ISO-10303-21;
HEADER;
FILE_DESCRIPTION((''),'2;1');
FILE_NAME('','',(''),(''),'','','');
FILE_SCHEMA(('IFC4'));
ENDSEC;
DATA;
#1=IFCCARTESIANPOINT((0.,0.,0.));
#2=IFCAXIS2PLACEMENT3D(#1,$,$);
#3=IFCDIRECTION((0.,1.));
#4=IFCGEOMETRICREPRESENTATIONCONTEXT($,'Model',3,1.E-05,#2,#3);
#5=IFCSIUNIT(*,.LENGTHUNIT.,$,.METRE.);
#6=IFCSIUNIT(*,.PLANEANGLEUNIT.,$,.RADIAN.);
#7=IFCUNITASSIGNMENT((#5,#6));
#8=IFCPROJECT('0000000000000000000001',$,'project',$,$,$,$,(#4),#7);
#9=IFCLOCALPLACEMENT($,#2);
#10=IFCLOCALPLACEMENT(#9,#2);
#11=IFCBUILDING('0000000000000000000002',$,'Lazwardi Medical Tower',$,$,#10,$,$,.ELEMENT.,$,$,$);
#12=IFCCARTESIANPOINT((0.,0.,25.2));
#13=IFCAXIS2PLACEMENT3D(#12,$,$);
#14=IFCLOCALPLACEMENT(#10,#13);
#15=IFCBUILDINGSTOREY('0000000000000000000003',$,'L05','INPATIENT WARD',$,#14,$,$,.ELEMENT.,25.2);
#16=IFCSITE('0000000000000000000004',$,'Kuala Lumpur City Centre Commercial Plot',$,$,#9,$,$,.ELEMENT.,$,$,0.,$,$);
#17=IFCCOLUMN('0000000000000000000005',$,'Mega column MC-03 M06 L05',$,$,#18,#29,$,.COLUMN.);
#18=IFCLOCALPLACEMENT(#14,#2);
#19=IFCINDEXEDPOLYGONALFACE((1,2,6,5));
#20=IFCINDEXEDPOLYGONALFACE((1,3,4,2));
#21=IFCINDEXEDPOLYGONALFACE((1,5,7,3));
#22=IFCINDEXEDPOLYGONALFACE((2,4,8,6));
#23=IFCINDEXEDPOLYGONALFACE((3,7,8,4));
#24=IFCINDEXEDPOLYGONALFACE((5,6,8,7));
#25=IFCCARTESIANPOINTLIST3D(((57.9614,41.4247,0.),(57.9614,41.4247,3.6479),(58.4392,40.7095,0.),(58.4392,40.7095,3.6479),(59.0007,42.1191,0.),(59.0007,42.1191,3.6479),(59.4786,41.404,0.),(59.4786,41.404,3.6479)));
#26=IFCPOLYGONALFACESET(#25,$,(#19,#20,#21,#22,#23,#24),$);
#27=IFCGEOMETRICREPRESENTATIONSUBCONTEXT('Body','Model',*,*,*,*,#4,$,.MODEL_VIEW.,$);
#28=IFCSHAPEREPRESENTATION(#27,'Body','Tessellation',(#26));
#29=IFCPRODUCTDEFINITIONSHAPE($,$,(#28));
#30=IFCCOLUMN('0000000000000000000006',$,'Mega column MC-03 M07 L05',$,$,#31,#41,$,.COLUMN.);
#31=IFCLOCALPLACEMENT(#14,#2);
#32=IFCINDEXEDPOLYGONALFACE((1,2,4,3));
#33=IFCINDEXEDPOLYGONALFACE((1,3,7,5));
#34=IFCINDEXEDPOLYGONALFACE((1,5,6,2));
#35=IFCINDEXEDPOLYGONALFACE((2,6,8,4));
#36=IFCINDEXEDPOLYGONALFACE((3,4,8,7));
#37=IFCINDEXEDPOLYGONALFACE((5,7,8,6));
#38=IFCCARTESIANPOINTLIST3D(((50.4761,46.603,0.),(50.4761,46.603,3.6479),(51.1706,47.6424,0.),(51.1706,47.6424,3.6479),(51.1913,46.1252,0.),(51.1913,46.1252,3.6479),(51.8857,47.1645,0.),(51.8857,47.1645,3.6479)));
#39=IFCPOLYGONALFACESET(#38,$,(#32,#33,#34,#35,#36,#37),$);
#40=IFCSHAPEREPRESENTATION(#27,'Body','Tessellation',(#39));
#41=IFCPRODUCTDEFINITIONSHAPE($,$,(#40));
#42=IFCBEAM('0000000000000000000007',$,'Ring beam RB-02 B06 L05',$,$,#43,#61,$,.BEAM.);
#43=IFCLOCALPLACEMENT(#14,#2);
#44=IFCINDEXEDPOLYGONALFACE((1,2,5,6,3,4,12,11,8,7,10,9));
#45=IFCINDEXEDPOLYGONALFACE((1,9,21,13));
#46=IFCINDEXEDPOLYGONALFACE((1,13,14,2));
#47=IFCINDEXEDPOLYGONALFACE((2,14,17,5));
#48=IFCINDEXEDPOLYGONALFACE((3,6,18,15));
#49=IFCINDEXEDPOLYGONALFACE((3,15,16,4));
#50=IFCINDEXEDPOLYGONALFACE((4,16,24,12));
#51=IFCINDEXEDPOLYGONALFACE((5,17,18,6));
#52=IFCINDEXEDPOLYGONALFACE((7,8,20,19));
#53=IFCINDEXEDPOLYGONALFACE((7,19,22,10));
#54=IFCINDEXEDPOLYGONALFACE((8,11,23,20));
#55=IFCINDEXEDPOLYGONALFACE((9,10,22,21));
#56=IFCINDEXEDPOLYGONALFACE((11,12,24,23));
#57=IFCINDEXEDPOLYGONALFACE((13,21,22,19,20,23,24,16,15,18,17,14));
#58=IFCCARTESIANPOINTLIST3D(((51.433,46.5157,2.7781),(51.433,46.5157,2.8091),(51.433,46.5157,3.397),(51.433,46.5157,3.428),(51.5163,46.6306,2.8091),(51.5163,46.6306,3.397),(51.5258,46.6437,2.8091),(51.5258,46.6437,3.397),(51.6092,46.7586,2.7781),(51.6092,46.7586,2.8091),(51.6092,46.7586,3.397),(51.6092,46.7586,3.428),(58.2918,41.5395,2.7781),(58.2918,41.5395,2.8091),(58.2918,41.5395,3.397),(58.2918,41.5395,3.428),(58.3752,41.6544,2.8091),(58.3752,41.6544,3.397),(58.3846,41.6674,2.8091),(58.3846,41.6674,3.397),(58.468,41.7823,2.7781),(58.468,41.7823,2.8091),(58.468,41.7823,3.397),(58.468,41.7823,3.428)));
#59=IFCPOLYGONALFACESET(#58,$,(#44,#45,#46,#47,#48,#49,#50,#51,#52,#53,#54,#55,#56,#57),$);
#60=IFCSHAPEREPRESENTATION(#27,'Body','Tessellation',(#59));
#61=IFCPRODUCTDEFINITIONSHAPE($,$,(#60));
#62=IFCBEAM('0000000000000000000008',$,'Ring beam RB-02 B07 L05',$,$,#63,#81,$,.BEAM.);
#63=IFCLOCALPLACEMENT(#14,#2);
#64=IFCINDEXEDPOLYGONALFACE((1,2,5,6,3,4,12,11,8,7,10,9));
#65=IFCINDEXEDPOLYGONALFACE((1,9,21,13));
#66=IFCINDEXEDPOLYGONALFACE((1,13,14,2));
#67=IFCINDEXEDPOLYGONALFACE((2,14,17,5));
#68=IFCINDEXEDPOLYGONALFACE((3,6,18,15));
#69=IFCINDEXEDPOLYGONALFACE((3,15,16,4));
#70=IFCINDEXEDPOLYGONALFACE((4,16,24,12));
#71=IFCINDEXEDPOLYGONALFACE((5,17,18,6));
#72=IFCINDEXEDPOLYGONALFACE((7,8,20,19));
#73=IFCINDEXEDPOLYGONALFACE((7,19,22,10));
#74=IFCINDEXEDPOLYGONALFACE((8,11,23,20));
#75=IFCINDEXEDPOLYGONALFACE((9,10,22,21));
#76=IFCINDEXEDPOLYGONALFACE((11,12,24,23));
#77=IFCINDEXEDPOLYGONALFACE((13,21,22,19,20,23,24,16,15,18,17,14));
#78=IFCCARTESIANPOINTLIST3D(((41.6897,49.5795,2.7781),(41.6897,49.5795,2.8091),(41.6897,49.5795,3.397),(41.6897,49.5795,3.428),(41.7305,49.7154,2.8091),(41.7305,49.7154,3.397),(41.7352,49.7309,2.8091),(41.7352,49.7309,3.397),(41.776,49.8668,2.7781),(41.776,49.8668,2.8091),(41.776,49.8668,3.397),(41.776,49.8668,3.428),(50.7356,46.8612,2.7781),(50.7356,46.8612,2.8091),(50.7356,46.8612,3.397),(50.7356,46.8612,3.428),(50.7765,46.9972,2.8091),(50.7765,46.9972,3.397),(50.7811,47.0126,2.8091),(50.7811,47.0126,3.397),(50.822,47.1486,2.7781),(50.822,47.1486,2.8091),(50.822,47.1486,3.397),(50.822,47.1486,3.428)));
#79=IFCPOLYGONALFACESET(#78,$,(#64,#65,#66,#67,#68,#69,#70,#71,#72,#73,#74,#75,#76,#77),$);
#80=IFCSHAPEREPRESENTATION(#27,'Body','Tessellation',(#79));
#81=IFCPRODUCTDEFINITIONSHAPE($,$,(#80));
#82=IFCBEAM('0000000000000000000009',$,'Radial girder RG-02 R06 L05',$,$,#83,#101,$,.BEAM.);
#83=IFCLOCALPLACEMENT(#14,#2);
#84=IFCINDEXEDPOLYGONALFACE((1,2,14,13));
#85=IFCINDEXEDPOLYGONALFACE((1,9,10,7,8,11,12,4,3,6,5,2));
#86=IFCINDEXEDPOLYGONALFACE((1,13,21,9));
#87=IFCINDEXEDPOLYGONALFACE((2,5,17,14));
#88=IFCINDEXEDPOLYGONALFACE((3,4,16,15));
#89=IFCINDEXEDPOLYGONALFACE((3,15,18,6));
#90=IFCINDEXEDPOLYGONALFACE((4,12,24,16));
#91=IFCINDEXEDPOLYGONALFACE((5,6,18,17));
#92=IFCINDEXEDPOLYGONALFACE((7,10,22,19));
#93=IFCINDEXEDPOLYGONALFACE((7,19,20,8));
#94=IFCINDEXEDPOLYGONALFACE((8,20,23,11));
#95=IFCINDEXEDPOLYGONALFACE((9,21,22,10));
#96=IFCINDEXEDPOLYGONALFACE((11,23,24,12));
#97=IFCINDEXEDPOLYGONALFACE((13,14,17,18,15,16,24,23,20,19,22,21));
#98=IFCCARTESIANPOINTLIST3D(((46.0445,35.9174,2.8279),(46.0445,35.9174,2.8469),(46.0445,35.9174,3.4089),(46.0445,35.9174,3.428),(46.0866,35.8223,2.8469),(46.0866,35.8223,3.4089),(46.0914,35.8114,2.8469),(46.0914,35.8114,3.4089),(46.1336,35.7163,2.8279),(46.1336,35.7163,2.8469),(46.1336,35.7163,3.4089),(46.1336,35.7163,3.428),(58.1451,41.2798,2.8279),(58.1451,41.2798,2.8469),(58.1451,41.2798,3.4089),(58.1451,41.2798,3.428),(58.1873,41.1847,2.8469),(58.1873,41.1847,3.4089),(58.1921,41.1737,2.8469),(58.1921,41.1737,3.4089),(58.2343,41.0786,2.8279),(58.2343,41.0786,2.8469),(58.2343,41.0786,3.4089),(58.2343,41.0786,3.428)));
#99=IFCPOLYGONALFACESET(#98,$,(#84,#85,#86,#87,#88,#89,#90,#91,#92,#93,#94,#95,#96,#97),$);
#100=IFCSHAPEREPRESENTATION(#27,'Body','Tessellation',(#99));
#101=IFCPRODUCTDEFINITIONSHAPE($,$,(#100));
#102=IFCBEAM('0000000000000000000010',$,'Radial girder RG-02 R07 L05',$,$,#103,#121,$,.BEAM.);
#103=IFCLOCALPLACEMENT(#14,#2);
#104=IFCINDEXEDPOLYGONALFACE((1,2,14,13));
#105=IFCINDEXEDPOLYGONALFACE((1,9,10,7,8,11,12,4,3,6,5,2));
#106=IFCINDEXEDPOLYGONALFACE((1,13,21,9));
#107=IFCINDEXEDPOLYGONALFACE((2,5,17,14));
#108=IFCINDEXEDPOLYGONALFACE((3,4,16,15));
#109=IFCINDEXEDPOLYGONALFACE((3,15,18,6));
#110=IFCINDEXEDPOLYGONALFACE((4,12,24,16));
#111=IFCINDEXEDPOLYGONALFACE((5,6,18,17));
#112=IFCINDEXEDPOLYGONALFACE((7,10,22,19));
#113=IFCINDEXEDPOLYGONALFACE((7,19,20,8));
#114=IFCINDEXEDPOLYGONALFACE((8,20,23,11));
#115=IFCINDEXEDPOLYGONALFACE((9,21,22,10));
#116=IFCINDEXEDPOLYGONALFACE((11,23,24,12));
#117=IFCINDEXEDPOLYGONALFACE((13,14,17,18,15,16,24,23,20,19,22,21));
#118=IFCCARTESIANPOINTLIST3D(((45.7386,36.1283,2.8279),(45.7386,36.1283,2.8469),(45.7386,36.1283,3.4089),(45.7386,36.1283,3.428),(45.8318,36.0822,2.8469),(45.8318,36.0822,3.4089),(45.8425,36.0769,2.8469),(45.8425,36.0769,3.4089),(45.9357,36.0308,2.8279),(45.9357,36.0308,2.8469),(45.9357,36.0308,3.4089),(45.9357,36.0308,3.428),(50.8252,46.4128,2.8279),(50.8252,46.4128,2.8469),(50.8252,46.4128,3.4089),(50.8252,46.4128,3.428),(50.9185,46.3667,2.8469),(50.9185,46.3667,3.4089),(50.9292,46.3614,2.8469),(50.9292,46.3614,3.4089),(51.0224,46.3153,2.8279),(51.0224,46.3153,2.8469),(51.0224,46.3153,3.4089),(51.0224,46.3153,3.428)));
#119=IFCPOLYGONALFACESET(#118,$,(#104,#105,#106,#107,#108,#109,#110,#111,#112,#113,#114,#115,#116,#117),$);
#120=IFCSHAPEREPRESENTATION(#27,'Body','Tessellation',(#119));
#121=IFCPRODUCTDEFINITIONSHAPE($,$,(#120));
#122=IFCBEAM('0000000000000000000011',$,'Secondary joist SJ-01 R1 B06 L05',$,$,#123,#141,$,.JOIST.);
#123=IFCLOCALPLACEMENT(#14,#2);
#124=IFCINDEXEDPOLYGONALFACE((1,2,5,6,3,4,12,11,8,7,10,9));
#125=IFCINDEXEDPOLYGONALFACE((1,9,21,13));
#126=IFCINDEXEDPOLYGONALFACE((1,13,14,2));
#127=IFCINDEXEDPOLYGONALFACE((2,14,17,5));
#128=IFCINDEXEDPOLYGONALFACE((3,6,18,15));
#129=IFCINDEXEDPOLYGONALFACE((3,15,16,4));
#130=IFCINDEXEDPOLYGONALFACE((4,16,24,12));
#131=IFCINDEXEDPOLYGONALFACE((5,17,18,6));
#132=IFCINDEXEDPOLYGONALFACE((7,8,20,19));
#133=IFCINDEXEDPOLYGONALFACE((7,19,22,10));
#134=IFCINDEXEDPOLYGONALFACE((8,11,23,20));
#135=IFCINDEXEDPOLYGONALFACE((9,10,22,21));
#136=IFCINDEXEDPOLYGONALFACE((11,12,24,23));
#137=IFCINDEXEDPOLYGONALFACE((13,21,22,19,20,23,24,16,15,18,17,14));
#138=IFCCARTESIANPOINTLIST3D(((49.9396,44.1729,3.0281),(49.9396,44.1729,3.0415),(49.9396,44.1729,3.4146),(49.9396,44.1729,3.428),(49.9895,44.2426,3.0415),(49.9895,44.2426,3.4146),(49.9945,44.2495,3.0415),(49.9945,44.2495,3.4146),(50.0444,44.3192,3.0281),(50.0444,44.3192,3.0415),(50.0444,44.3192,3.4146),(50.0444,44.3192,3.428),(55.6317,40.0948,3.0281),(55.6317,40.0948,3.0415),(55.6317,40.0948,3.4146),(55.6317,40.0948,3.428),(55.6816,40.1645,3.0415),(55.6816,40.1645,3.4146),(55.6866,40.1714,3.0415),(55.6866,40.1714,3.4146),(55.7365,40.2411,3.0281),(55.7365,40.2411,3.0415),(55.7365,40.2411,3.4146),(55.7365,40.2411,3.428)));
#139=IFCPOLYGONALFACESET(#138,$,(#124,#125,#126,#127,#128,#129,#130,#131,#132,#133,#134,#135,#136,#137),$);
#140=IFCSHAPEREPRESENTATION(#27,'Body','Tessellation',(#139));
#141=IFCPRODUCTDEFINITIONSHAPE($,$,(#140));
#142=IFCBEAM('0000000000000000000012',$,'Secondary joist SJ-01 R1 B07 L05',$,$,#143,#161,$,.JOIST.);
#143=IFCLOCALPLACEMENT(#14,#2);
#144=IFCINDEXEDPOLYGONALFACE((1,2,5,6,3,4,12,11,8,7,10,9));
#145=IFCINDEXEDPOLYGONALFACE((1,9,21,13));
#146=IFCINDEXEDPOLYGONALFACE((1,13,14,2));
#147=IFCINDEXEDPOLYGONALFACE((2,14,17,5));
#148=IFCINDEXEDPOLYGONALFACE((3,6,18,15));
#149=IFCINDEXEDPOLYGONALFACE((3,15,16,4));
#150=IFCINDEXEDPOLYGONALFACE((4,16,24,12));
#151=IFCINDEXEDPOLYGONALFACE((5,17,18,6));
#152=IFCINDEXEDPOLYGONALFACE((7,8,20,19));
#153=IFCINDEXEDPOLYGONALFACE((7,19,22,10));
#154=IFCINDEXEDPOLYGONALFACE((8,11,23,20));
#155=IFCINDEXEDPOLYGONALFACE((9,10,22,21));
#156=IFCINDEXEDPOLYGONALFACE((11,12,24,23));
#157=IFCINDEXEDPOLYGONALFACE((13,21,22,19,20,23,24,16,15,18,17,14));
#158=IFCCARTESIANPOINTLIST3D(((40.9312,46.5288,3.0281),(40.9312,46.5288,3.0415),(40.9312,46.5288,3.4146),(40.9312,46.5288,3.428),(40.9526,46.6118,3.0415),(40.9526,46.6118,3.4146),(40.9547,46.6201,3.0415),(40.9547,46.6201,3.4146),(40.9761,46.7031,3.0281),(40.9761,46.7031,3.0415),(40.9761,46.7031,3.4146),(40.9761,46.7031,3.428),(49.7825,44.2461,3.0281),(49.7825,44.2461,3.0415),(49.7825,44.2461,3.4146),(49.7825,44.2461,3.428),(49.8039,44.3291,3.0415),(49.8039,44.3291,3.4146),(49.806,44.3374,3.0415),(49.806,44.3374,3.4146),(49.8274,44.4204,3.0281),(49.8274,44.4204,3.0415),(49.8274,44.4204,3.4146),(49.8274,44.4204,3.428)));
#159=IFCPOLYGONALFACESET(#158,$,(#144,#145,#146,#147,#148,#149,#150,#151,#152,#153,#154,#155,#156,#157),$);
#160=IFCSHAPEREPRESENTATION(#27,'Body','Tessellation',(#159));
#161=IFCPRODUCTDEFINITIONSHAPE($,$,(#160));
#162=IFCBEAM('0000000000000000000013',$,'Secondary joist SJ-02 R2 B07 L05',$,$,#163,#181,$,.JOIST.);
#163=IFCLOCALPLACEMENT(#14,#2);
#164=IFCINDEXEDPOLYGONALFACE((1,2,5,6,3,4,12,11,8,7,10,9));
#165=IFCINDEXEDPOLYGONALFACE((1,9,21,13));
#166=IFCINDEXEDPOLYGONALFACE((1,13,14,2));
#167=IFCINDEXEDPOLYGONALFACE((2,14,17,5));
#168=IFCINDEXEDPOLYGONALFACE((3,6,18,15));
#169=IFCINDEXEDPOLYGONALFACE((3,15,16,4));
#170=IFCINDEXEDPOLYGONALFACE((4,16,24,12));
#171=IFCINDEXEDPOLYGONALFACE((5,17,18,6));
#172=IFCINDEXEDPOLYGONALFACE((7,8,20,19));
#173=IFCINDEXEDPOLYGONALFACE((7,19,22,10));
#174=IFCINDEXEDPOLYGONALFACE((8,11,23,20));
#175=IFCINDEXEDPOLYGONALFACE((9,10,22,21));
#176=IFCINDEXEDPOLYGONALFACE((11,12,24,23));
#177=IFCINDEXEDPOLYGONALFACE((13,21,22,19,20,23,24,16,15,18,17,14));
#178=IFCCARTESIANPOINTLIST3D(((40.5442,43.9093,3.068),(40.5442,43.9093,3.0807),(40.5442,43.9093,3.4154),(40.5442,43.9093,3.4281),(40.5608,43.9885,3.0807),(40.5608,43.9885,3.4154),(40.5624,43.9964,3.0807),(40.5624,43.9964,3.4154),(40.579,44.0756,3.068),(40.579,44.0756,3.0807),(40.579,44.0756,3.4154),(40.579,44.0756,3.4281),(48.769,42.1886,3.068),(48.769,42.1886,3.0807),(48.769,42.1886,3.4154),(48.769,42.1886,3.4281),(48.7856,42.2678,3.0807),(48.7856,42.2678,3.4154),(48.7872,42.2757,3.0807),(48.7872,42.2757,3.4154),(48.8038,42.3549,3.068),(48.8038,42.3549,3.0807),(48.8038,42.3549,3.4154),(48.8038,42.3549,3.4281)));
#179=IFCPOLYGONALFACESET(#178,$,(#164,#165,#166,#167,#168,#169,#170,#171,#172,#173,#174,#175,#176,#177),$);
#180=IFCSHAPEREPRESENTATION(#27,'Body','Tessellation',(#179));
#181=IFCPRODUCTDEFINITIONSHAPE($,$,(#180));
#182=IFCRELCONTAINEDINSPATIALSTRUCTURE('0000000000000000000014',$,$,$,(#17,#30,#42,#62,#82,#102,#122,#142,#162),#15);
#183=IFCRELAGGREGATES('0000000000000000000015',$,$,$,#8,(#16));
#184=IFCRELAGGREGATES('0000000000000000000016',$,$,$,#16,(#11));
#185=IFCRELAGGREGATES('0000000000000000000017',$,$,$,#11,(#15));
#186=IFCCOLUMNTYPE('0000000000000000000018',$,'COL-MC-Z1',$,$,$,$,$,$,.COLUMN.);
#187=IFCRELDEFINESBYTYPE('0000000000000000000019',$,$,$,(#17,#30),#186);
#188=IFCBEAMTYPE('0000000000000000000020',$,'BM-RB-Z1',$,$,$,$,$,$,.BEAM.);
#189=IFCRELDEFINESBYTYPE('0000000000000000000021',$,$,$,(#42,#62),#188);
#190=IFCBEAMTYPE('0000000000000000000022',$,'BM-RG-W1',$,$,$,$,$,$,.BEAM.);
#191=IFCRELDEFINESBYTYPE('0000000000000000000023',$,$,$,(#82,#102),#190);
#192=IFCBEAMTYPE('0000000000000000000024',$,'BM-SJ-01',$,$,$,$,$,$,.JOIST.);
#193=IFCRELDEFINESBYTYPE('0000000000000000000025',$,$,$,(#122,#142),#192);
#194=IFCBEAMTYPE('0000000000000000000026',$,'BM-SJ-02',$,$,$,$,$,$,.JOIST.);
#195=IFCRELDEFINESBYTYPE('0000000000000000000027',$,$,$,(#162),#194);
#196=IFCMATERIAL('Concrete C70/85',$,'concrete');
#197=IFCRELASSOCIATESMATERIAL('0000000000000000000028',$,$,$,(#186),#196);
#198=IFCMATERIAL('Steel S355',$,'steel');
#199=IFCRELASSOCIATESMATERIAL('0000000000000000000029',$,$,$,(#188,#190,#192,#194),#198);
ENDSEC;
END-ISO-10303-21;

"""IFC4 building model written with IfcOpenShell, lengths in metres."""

from ifc_helpers import new_model, si_unit, direction, frame, origin, origin_2d, place, context, subcontext, project, spatial, rectangle, i_section, extrude, material, material_profile, profile_set, type_object, element, save


model = new_model("IFC4")

# Units and contexts
model_context = context("Model", 3, precision=1e-05, world=origin(), true_north=direction((0.0, 1.0)))
body_context = subcontext(model_context, "Body", "Model", "MODEL_VIEW")
ifc_project = project(units=[si_unit("LENGTHUNIT", "METRE"), si_unit("PLANEANGLEUNIT", "RADIAN")], contexts=[model_context])

# Site, building, storey
site_placement = place(None, origin())
site = spatial("IfcSite", under=ifc_project, at=site_placement, Name="Kuala Lumpur City Centre Commercial Plot", CompositionType="ELEMENT", RefElevation=0.0)
building_placement = place(site_placement, origin())
building = spatial("IfcBuilding", under=site, at=building_placement, Name="Lazwardi Medical Tower", CompositionType="ELEMENT")
storey_placement = place(building_placement, frame((0.0, 0.0, 25.2)))
storey = spatial("IfcBuildingStorey", under=building, at=storey_placement, Name="L05", Description="INPATIENT WARD", CompositionType="ELEMENT", Elevation=25.2)

# Columns
ifc_material_1 = material(Name="Concrete C70/85", Category="concrete")
ifc_material_profile_1 = material_profile(ifc_material_1, rectangle(XDim=1.25, YDim=0.8601, at=origin_2d()), Name="CFT-RECT 1250x860")
ifc_profile_set_1 = profile_set([ifc_material_profile_1], Name="Concrete C70/85")
column_type = type_object("IfcColumnType", Name="COL-MC-Z1", PredefinedType="COLUMN", material=ifc_profile_set_1)
for number, where, z_axis, x_axis, name in (
    (1, (58.72, 41.4143, 0.0), (0.0, 0.0, 1.0), (0.83147, 0.55557, 0.0), "Mega column MC-03 M06 L05"),
    (2, (51.1809, 46.8838, 0.0), (0.0, 0.0, 1.0), (0.55557, 0.83147, 0.0), "Mega column MC-03 M07 L05"),
):
    element("IfcColumn", number, at=place(storey_placement, frame(where, z_axis=z_axis, x_axis=x_axis)), inside=storey, type_object=column_type, Name=name, PredefinedType="COLUMN", context=body_context, shape_type="SweptSolid", body=[
        extrude(rectangle(XDim=1.25, YDim=0.8601, at=origin_2d()), origin(), (0.0, 0.0, 1.0), 3.6479),
    ])

# Beams
ifc_material_2 = material(Name="Steel S355", Category="steel")
ifc_material_profile_2 = material_profile(ifc_material_2, i_section(OverallWidth=0.3, OverallDepth=0.6499, WebThickness=0.0161, FlangeThickness=0.031, at=origin_2d()), Name="HEB 650")
ifc_profile_set_2 = profile_set([ifc_material_profile_2], Name="Steel S355")
beam_type_1 = type_object("IfcBeamType", Name="BM-RB-Z1", PredefinedType="BEAM", material=ifc_profile_set_2)
beam_1_placement = place(storey_placement, frame((58.3799, 41.6609, 3.103), z_axis=(-0.809407, 0.587248, 0.0), x_axis=(-0.587248, -0.809407, 0.0)))
element("IfcBeam", 3, at=beam_1_placement, inside=storey, type_object=beam_type_1, Name="Ring beam RB-02 B06 L05", PredefinedType="BEAM", context=body_context, shape_type="SweptSolid", body=[
    extrude(i_section(OverallWidth=0.3, OverallDepth=0.6499, WebThickness=0.0161, FlangeThickness=0.031, at=origin_2d()), origin(), (0.0, 0.0, 1.0), 8.4739),
])
beam_2_placement = place(storey_placement, frame((50.7788, 47.0049, 3.103), z_axis=(-0.957695, 0.287784, 0.0), x_axis=(-0.287784, -0.957695, 0.0)))
element("IfcBeam", 4, at=beam_2_placement, inside=storey, type_object=beam_type_1, Name="Ring beam RB-02 B07 L05", PredefinedType="BEAM", context=body_context, shape_type="SweptSolid", body=[
    extrude(i_section(OverallWidth=0.3, OverallDepth=0.6499, WebThickness=0.0161, FlangeThickness=0.031, at=origin_2d()), origin(), (0.0, 0.0, 1.0), 9.4456),
])
ifc_material_profile_3 = material_profile(ifc_material_2, i_section(OverallWidth=0.22, OverallDepth=0.6001, WebThickness=0.012, FlangeThickness=0.019, at=origin_2d()), Name="IPE 600")
ifc_profile_set_3 = profile_set([ifc_material_profile_3], Name="Steel S355")
beam_type_2 = type_object("IfcBeamType", Name="BM-RG-W1", PredefinedType="BEAM", material=ifc_profile_set_3)
beam_3_placement = place(storey_placement, frame((58.1897, 41.1792, 3.1279), z_axis=(-0.914252, -0.405146, 0.0), x_axis=(0.405146, -0.914252, 0.0)))
element("IfcBeam", 5, at=beam_3_placement, inside=storey, type_object=beam_type_2, Name="Radial girder RG-02 R06 L05", PredefinedType="BEAM", context=body_context, shape_type="SweptSolid", body=[
    extrude(i_section(OverallWidth=0.22, OverallDepth=0.6001, WebThickness=0.012, FlangeThickness=0.019, at=origin_2d()), origin(), (0.0, 0.0, 1.0), 13.2356),
])
beam_4_placement = place(storey_placement, frame((50.9238, 46.364, 3.1279), z_axis=(-0.443337, -0.896355, 0.0), x_axis=(0.896355, -0.443337, 0.0)))
element("IfcBeam", 6, at=beam_4_placement, inside=storey, type_object=beam_type_2, Name="Radial girder RG-02 R07 L05", PredefinedType="BEAM", context=body_context, shape_type="SweptSolid", body=[
    extrude(i_section(OverallWidth=0.22, OverallDepth=0.6001, WebThickness=0.012, FlangeThickness=0.019, at=origin_2d()), origin(), (0.0, 0.0, 1.0), 11.4736),
])
ifc_material_profile_4 = material_profile(ifc_material_2, i_section(OverallWidth=0.1799, OverallDepth=0.3999, WebThickness=0.0085, FlangeThickness=0.0134, at=origin_2d()), Name="IPE 400")
ifc_profile_set_4 = profile_set([ifc_material_profile_4], Name="Steel S355")
beam_type_3 = type_object("IfcBeamType", Name="BM-SJ-01", PredefinedType="JOIST", material=ifc_profile_set_4)
beam_5_placement = place(storey_placement, frame((55.6841, 40.168, 3.228), z_axis=(-0.812901, 0.582402, 0.0), x_axis=(-0.582402, -0.812901, 0.0)))
element("IfcBeam", 7, at=beam_5_placement, inside=storey, type_object=beam_type_3, Name="Secondary joist SJ-01 R1 B06 L05", PredefinedType="JOIST", context=body_context, shape_type="SweptSolid", body=[
    extrude(i_section(OverallWidth=0.1799, OverallDepth=0.3999, WebThickness=0.0085, FlangeThickness=0.0134, at=origin_2d()), origin(), (0.0, 0.0, 1.0), 7.0022),
])
beam_6_placement = place(storey_placement, frame((49.8049, 44.3333, 3.228), z_axis=(-0.968317, 0.249725, 0.0), x_axis=(-0.249725, -0.968317, 0.0)))
element("IfcBeam", 8, at=beam_6_placement, inside=storey, type_object=beam_type_3, Name="Secondary joist SJ-01 R1 B07 L05", PredefinedType="JOIST", context=body_context, shape_type="SweptSolid", body=[
    extrude(i_section(OverallWidth=0.1799, OverallDepth=0.3999, WebThickness=0.0085, FlangeThickness=0.0134, at=origin_2d()), origin(), (0.0, 0.0, 1.0), 9.1409),
])
ifc_material_profile_5 = material_profile(ifc_material_2, i_section(OverallWidth=0.1699, OverallDepth=0.3601, WebThickness=0.0081, FlangeThickness=0.0127, at=origin_2d()), Name="IPE 360")
ifc_profile_set_5 = profile_set([ifc_material_profile_5], Name="Steel S355")
beam_type_4 = type_object("IfcBeamType", Name="BM-SJ-02", PredefinedType="JOIST", material=ifc_profile_set_5)
beam_7_placement = place(storey_placement, frame((48.7864, 42.2717, 3.248), z_axis=(-0.978809, 0.204774, 0.0), x_axis=(-0.204774, -0.978809, 0.0)))
element("IfcBeam", 9, at=beam_7_placement, inside=storey, type_object=beam_type_4, Name="Secondary joist SJ-02 R2 B07 L05", PredefinedType="JOIST", context=body_context, shape_type="SweptSolid", body=[
    extrude(i_section(OverallWidth=0.1699, OverallDepth=0.3601, WebThickness=0.0081, FlangeThickness=0.0127, at=origin_2d()), origin(), (0.0, 0.0, 1.0), 8.4028),
])

save(model, "model.ifc")
